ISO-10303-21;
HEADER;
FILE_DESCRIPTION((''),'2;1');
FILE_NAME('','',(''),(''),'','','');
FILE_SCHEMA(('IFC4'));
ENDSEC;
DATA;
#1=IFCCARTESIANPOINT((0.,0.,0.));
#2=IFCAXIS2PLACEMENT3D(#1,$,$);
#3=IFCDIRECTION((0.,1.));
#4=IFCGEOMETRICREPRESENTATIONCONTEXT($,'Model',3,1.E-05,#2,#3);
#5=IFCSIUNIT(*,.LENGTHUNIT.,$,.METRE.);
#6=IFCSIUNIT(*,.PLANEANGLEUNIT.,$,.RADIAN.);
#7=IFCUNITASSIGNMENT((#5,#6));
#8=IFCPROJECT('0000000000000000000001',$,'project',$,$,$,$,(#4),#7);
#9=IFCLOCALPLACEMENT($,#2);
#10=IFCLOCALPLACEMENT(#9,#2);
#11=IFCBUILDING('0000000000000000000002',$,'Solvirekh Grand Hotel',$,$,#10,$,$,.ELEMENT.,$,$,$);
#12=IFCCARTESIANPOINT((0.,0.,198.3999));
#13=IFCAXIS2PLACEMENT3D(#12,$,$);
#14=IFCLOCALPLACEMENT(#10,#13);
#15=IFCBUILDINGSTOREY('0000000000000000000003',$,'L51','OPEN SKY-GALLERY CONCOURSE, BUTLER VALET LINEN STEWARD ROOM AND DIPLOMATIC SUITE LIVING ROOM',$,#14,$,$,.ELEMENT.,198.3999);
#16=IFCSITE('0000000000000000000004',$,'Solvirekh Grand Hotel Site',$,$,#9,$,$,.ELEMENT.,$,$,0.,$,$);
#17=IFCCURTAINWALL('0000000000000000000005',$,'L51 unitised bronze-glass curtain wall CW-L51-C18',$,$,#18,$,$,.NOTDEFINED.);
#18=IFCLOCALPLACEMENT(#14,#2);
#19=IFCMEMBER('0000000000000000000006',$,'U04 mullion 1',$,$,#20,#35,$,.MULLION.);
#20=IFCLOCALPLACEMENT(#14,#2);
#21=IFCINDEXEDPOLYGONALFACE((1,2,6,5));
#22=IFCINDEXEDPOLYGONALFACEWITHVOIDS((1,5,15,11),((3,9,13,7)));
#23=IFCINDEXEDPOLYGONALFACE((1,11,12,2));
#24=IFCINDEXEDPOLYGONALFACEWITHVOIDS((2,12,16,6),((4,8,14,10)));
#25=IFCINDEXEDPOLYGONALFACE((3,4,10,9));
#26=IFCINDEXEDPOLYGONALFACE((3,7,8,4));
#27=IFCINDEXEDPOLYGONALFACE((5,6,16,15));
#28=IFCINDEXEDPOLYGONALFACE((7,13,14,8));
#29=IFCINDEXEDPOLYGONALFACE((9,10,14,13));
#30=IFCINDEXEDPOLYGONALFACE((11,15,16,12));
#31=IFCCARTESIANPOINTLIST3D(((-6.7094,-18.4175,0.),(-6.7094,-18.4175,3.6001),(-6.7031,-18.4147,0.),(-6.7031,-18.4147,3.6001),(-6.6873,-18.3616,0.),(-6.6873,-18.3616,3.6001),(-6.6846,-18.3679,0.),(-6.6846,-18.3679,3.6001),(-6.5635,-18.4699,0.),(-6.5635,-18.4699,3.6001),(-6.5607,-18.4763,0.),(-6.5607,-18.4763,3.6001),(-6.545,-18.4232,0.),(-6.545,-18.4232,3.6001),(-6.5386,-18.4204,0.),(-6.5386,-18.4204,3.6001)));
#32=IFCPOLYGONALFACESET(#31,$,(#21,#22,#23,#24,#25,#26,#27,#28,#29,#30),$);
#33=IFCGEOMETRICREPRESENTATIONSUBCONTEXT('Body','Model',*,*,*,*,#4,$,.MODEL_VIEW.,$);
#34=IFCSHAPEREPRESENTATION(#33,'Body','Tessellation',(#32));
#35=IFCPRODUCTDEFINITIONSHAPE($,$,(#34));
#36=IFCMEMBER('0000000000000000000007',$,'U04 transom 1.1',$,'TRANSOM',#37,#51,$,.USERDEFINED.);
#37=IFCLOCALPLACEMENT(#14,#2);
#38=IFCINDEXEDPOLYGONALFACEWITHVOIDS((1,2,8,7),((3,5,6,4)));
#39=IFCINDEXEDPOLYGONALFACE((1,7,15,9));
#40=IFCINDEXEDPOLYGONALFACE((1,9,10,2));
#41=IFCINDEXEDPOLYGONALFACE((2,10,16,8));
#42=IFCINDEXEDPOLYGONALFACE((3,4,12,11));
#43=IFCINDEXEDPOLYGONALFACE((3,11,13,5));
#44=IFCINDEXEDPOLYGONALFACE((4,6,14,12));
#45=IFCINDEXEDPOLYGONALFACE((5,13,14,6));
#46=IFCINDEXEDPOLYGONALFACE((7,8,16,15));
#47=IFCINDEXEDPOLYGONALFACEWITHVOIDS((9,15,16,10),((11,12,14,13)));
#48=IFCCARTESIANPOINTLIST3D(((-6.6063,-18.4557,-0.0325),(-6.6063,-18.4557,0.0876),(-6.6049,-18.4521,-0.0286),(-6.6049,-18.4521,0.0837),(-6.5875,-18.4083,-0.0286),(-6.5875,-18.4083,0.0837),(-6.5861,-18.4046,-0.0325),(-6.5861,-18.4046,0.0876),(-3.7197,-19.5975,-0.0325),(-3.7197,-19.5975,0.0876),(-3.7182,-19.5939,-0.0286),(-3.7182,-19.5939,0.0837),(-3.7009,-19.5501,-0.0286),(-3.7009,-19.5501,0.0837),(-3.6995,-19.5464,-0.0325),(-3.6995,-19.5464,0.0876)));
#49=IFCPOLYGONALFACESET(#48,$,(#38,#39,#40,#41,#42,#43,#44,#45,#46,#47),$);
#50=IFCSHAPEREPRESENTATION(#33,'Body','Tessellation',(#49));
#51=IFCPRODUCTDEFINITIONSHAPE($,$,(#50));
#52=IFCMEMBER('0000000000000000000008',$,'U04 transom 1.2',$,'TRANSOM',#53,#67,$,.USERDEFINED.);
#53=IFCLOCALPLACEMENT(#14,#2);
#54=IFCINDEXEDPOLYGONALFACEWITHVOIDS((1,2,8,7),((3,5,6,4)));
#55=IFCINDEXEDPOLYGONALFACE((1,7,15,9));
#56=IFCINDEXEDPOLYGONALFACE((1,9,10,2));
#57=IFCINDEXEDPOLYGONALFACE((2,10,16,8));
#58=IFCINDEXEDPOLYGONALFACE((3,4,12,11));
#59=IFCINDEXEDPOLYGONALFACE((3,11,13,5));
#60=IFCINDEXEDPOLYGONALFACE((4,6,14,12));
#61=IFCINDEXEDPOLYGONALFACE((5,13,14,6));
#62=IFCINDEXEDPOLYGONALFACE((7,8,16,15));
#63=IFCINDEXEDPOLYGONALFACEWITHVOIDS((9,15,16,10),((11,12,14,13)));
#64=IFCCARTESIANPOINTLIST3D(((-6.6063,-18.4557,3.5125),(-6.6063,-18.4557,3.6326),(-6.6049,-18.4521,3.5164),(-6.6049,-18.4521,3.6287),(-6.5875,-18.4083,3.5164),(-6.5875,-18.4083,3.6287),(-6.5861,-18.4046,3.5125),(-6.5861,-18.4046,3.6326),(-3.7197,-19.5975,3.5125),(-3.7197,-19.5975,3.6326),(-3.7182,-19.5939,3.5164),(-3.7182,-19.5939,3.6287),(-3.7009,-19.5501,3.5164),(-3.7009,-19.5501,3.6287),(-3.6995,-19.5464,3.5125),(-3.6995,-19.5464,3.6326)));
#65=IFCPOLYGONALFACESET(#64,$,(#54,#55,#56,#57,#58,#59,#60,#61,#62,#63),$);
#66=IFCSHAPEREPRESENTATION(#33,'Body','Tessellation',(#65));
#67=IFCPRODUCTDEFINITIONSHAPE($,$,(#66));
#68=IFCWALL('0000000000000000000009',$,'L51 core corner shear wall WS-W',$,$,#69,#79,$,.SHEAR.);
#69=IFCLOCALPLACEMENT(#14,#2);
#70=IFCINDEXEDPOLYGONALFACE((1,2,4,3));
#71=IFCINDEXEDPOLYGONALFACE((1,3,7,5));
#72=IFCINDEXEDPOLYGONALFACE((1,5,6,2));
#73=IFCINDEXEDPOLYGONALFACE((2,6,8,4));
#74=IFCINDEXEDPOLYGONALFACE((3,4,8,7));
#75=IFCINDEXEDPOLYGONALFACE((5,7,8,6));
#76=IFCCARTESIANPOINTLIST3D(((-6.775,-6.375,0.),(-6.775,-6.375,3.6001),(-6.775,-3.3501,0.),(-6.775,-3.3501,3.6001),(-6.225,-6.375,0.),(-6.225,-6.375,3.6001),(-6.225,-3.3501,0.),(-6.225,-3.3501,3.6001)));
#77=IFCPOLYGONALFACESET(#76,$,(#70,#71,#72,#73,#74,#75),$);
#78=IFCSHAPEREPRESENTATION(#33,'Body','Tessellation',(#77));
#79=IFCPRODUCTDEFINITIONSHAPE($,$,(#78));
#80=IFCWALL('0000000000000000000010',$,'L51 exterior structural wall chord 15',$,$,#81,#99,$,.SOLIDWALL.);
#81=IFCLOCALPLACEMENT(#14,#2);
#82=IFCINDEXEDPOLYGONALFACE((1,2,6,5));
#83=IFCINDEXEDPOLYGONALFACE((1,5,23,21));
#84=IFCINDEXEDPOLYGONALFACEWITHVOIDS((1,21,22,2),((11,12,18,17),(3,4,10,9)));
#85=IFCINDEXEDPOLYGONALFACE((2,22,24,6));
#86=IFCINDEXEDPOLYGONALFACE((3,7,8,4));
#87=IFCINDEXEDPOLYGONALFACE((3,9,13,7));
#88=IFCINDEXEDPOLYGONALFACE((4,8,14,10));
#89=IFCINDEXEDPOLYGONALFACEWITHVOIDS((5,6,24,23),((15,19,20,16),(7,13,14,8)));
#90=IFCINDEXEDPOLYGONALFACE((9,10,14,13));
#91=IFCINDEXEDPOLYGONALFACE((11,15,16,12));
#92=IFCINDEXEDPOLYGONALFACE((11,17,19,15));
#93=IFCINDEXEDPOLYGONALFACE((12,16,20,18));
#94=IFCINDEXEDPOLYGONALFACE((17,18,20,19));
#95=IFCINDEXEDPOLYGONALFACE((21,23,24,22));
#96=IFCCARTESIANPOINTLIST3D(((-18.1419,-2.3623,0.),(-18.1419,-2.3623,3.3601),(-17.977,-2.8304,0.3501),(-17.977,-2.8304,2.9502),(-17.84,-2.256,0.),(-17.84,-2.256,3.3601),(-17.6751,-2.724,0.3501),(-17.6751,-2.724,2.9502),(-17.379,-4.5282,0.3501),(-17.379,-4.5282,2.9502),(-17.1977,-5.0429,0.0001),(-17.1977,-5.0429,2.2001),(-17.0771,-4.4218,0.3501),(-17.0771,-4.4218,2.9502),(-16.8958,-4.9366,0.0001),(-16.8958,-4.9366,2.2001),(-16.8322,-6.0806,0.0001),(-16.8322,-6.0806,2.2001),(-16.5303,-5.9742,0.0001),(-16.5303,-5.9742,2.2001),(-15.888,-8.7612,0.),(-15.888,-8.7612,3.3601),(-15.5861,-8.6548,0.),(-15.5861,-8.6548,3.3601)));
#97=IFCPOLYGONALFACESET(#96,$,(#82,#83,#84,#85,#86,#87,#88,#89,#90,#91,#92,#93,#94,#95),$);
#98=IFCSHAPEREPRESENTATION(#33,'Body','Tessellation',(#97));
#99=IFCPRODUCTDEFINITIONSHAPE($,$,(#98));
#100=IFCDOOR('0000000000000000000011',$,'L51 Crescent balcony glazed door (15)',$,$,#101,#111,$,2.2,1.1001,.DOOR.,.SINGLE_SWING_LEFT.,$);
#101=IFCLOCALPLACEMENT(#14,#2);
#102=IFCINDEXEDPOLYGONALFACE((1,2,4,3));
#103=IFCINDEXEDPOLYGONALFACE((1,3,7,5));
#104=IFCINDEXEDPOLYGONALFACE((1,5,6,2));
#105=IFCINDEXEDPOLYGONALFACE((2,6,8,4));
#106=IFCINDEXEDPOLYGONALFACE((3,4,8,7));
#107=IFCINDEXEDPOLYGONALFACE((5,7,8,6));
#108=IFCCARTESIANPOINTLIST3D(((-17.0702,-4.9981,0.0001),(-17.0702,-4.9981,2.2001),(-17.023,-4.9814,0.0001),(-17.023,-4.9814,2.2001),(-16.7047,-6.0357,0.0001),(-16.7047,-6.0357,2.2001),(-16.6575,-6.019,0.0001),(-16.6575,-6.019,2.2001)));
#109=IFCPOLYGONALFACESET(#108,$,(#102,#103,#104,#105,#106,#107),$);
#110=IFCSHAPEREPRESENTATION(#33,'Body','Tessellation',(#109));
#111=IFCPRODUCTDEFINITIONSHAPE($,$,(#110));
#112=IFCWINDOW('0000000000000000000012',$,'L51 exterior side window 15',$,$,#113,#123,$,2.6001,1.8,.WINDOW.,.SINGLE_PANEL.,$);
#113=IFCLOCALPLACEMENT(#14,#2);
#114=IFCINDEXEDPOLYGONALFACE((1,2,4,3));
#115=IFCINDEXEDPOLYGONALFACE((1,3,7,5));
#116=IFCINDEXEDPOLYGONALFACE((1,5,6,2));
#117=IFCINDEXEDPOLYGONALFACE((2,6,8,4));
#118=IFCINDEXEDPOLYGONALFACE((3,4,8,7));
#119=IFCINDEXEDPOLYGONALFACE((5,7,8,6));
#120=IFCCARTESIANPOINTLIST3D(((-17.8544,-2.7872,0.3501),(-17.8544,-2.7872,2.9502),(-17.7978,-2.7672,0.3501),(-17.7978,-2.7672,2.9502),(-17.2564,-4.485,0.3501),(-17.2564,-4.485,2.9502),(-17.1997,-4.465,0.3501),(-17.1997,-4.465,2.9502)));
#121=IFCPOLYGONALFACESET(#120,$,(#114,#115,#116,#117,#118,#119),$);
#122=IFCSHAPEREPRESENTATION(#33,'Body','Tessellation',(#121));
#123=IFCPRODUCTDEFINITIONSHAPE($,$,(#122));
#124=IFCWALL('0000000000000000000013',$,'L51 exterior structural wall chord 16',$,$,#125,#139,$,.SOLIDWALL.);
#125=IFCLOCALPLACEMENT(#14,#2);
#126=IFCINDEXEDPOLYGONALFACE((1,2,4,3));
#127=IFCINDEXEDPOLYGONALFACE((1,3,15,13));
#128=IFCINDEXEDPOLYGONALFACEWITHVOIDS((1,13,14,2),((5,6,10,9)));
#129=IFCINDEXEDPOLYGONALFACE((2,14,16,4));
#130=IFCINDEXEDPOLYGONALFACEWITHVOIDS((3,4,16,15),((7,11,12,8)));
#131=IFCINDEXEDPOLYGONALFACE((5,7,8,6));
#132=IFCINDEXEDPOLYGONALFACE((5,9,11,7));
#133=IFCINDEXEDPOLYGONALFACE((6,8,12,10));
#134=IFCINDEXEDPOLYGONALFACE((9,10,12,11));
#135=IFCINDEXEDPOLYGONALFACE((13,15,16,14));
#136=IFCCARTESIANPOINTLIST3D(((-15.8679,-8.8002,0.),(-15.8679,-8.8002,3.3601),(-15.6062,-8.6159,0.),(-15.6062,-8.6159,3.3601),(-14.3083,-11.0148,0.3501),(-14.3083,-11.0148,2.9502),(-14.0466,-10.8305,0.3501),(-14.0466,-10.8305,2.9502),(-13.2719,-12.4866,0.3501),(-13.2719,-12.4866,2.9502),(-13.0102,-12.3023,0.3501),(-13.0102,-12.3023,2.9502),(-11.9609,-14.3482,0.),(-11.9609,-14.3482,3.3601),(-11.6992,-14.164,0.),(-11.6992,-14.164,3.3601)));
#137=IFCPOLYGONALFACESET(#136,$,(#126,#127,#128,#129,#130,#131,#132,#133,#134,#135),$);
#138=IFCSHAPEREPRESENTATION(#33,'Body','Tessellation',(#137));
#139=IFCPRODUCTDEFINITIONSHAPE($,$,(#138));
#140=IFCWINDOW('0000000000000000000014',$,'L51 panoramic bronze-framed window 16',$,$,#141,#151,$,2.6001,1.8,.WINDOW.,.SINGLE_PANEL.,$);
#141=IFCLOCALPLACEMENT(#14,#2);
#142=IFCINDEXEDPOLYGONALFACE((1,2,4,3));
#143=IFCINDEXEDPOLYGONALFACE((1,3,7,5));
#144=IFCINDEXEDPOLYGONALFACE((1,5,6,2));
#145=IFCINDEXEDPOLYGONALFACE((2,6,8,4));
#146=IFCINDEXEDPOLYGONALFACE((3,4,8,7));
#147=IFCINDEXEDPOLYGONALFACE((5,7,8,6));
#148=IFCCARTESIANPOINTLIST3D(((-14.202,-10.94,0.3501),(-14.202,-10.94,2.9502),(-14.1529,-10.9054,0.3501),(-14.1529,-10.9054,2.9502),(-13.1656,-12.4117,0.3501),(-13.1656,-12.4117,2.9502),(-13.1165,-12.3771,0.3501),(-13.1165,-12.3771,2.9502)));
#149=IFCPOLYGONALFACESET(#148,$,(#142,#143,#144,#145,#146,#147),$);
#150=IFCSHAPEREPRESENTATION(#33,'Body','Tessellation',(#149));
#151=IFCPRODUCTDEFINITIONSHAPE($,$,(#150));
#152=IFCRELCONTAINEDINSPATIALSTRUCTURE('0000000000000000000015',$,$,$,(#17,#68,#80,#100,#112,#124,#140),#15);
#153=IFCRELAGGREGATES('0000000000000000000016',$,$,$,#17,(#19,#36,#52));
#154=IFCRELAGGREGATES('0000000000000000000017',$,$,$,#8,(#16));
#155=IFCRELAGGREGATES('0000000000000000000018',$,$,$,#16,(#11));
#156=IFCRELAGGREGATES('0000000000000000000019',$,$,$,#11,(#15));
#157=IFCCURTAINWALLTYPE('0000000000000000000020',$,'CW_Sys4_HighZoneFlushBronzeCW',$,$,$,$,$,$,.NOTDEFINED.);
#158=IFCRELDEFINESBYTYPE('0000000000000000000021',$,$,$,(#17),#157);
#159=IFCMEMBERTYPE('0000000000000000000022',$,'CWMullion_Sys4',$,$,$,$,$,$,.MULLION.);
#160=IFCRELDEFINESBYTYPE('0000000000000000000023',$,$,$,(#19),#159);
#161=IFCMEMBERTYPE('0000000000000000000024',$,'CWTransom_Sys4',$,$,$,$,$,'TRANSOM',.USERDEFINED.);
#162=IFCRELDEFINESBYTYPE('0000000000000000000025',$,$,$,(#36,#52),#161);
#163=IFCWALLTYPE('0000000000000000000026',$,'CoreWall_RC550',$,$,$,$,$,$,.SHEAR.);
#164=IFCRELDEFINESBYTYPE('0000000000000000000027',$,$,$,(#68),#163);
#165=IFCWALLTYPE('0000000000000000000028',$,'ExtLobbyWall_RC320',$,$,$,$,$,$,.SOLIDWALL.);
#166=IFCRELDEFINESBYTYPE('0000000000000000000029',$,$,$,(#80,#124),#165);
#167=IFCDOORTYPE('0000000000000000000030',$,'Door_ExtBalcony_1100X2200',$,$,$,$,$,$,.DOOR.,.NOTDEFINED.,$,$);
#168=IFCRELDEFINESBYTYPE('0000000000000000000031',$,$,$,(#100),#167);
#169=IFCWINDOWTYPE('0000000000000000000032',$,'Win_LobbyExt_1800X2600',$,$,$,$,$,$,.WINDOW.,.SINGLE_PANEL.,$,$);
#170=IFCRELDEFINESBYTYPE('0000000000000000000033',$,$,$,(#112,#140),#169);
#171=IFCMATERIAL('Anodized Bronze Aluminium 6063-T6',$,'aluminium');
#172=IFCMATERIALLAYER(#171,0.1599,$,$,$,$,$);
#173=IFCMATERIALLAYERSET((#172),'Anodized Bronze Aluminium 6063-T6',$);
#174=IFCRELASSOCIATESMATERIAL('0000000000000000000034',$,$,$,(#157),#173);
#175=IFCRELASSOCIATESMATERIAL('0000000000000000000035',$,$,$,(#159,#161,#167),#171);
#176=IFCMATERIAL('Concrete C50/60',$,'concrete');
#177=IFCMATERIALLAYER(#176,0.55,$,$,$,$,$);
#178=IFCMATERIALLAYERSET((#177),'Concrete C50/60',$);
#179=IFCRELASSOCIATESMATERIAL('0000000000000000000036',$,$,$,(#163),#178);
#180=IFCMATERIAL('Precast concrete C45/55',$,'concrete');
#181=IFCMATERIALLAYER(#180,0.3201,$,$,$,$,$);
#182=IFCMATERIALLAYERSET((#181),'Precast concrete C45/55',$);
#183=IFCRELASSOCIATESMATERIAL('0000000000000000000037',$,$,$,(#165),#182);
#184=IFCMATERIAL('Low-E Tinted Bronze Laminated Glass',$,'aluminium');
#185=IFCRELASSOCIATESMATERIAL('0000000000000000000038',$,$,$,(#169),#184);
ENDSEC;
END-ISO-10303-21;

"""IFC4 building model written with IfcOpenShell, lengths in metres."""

from ifc_helpers import new_model, si_unit, direction, frame, frame_2d, origin, origin_2d, place, context, subcontext, project, spatial, rectangle, hollow_rectangle, extrude, source, transform, mapped, material, layer, layer_set, material_profile, profile_set, type_object, element, fill, aggregate, save


model = new_model("IFC4")

# Units and contexts
model_context = context("Model", 3, precision=1e-05, world=origin(), true_north=direction((0.0, 1.0)))
body_context = subcontext(model_context, "Body", "Model", "MODEL_VIEW")
ifc_project = project(units=[si_unit("LENGTHUNIT", "METRE"), si_unit("PLANEANGLEUNIT", "RADIAN")], contexts=[model_context])

# Site, building, storey
site_placement = place(None, origin())
site = spatial("IfcSite", under=ifc_project, at=site_placement, Name="Solvirekh Grand Hotel Site", CompositionType="ELEMENT", RefElevation=0.0)
building_placement = place(site_placement, origin())
building = spatial("IfcBuilding", under=site, at=building_placement, Name="Solvirekh Grand Hotel", CompositionType="ELEMENT")
storey_placement = place(building_placement, frame((0.0, 0.0, 198.3999)))
storey = spatial("IfcBuildingStorey", under=building, at=storey_placement, Name="L51", Description="OPEN SKY-GALLERY CONCOURSE, BUTLER VALET LINEN STEWARD ROOM AND DIPLOMATIC SUITE LIVING ROOM", CompositionType="ELEMENT", Elevation=198.3999)

# Shared definitions
ifc_material_1 = material(Name="Concrete C50/60", Category="concrete")

# Curtain wall, members
ifc_material_2 = material(Name="Anodized Bronze Aluminium 6063-T6", Category="aluminium")
ifc_layer_1 = layer(ifc_material_2, 0.1599)
ifc_layer_set_1 = layer_set([ifc_layer_1], Name="Anodized Bronze Aluminium 6063-T6")
curtain_wall_type = type_object("IfcCurtainWallType", Name="CW_Sys4_HighZoneFlushBronzeCW", PredefinedType="NOTDEFINED", material=ifc_layer_set_1)
curtain_wall_placement = place(storey_placement, origin())
curtain_wall = element("IfcCurtainWall", 1, at=curtain_wall_placement, inside=storey, type_object=curtain_wall_type, Name="L51 unitised bronze-glass curtain wall CW-L51-C18", PredefinedType="NOTDEFINED")
ifc_material_profile_1 = material_profile(ifc_material_2, hollow_rectangle(XDim=0.0601, YDim=0.1599, WallThickness=0.0049, at=origin_2d()), Name="ALU RHS 160X60X5")
ifc_profile_set_1 = profile_set([ifc_material_profile_1], Name="Anodized Bronze Aluminium 6063-T6")
member_type_1 = type_object("IfcMemberType", Name="CWMullion_Sys4", PredefinedType="MULLION", material=ifc_profile_set_1)
shared_shape_1 = source(origin(), body_context, "Body", "SweptSolid", [
    extrude(hollow_rectangle(XDim=0.0601, YDim=0.1599, WallThickness=0.0049, at=origin_2d()), origin(), (0.0, 0.0, 1.0), 3.6001),
])
member_1_placement = place(storey_placement, frame((-6.624, -18.4189, 0.0), z_axis=(0.0, 0.0, 1.0), x_axis=(0.367826, 0.929895, 0.0)))
member_1 = element("IfcMember", 2, at=member_1_placement, type_object=member_type_1, Name="U04 mullion 1", PredefinedType="MULLION", context=body_context, shape_type="MappedRepresentation", body=[
    mapped(shared_shape_1, transform((0.0, 0.0, 0.0), x_axis=(1.0, 0.0, 0.0), y_axis=(0.0, 1.0, 0.0), z_axis=(0.0, 0.0, 1.0), scale=1.0)),
])
ifc_material_profile_2 = material_profile(ifc_material_2, hollow_rectangle(XDim=0.0549, YDim=0.1201, WallThickness=0.0039, at=origin_2d()), Name="ALU RHS 120X55X4")
ifc_profile_set_2 = profile_set([ifc_material_profile_2], Name="Anodized Bronze Aluminium 6063-T6")
member_type_2 = type_object("IfcMemberType", Name="CWTransom_Sys4", ElementType="TRANSOM", PredefinedType="USERDEFINED", material=ifc_profile_set_2)
shared_shape_2 = source(origin(), body_context, "Body", "SweptSolid", [
    extrude(hollow_rectangle(XDim=0.0549, YDim=0.1201, WallThickness=0.0039, at=origin_2d()), origin(), (0.0, 0.0, 1.0), 3.1042),
])
member_2_placement = place(storey_placement, frame((-6.5962, -18.4302, 0.0276), z_axis=(0.929896, -0.367822, 0.0), x_axis=(0.367822, 0.929896, 0.0)))
member_2 = element("IfcMember", 3, at=member_2_placement, type_object=member_type_2, Name="U04 transom 1.1", ObjectType="TRANSOM", PredefinedType="USERDEFINED", context=body_context, shape_type="MappedRepresentation", body=[
    mapped(shared_shape_2, transform((0.0, 0.0, 0.0), x_axis=(1.0, 0.0, 0.0), y_axis=(0.0, 1.0, 0.0), z_axis=(0.0, 0.0, 1.0), scale=1.0)),
])
member_3_placement = place(storey_placement, frame((-6.5962, -18.4302, 3.5725), z_axis=(0.929896, -0.367822, 0.0), x_axis=(0.367822, 0.929896, 0.0)))
member_3 = element("IfcMember", 4, at=member_3_placement, type_object=member_type_2, Name="U04 transom 1.2", ObjectType="TRANSOM", PredefinedType="USERDEFINED", context=body_context, shape_type="MappedRepresentation", body=[
    mapped(shared_shape_2, transform((0.0, 0.0, 0.0), x_axis=(1.0, 0.0, 0.0), y_axis=(0.0, 1.0, 0.0), z_axis=(0.0, 0.0, 1.0), scale=1.0)),
])
aggregate(curtain_wall, [member_1, member_2, member_3])

# Wall
ifc_layer_2 = layer(ifc_material_1, 0.55)
ifc_layer_set_2 = layer_set([ifc_layer_2], Name="Concrete C50/60")
wall_type_1 = type_object("IfcWallType", Name="CoreWall_RC550", PredefinedType="SHEAR", material=ifc_layer_set_2)
wall_1_placement = place(storey_placement, frame((-6.5, -6.375, 0.0), z_axis=(0.0, 0.0, 1.0), x_axis=(0.0, 1.0, 0.0)))
element("IfcWall", 5, at=wall_1_placement, inside=storey, type_object=wall_type_1, Name="L51 core corner shear wall WS-W", PredefinedType="SHEAR", context=body_context, shape_type="SweptSolid", body=[
    extrude(rectangle(XDim=3.0249, YDim=0.55, at=frame_2d((1.5125, 0.0))), origin(), (0.0, 0.0, 1.0), 3.6001),
])

# Wall, openings, door, window
ifc_material_3 = material(Name="Precast concrete C45/55", Category="concrete")
ifc_layer_3 = layer(ifc_material_3, 0.3201)
ifc_layer_set_3 = layer_set([ifc_layer_3], Name="Precast concrete C45/55")
wall_type_2 = type_object("IfcWallType", Name="ExtLobbyWall_RC320", PredefinedType="SOLIDWALL", material=ifc_layer_set_3)
wall_2_placement = place(storey_placement, frame((-15.7371, -8.708, 0.0), z_axis=(0.0, 0.0, 1.0), x_axis=(-0.332225, 0.9432, 0.0)))
wall_2 = element("IfcWall", 6, at=wall_2_placement, inside=storey, type_object=wall_type_2, Name="L51 exterior structural wall chord 15", PredefinedType="SOLIDWALL", context=body_context, shape_type="SweptSolid", body=[
    extrude(rectangle(XDim=6.7842, YDim=0.3201, at=frame_2d((3.3921, 0.0))), origin(), (0.0, 0.0, 1.0), 3.3601),
])
opening_1_placement = place(wall_2_placement, frame((4.488, 0.0, 0.3501)))
opening_1 = element("IfcOpeningElement", 7, at=opening_1_placement, cuts=wall_2, PredefinedType="OPENING", context=body_context, shape_type="SweptSolid", body=[
    extrude(rectangle(XDim=1.8, YDim=2.6001, at=frame_2d((0.8999, 1.3))), frame((0.0, 0.1699, 0.0), z_axis=(0.0, -1.0, 0.0), x_axis=(1.0, 0.0, 0.0)), (0.0, 0.0, 1.0), 0.3401),
])
opening_2_placement = place(wall_2_placement, frame((2.842, 0.0, 0.0)))
opening_2 = element("IfcOpeningElement", 8, at=opening_2_placement, cuts=wall_2, PredefinedType="OPENING", context=body_context, shape_type="SweptSolid", body=[
    extrude(rectangle(XDim=1.1001, YDim=2.2, at=frame_2d((0.55, 1.1001))), frame((0.0, 0.1699, 0.0), z_axis=(0.0, -1.0, 0.0), x_axis=(1.0, 0.0, 0.0)), (0.0, 0.0, 1.0), 0.3401),
])
door_type_1 = type_object("IfcDoorType", Name="Door_ExtBalcony_1100X2200", OperationType="NOTDEFINED", PredefinedType="DOOR", material=ifc_material_2)
door_1_placement = place(opening_2_placement, origin())
door_1 = element("IfcDoor", 9, at=door_1_placement, inside=storey, type_object=door_type_1, Name="L51 Crescent balcony glazed door (15)", OperationType="SINGLE_SWING_LEFT", OverallHeight=2.2, OverallWidth=1.1001, PredefinedType="DOOR", context=body_context, shape_type="SweptSolid", body=[
    extrude(rectangle(XDim=1.1001, YDim=2.2, at=frame_2d((0.55, 1.1001))), frame((0.0, 0.0249, 0.0), z_axis=(0.0, -1.0, 0.0), x_axis=(1.0, 0.0, 0.0)), (0.0, 0.0, 1.0), 0.05),
])
fill(opening_2, door_1)
ifc_material_4 = material(Name="Low-E Tinted Bronze Laminated Glass", Category="aluminium")
window_type = type_object("IfcWindowType", Name="Win_LobbyExt_1800X2600", PartitioningType="SINGLE_PANEL", PredefinedType="WINDOW", material=ifc_material_4)
window_1_placement = place(opening_1_placement, origin())
window_1 = element("IfcWindow", 10, at=window_1_placement, inside=storey, type_object=window_type, Name="L51 exterior side window 15", OverallHeight=2.6001, OverallWidth=1.8, PartitioningType="SINGLE_PANEL", PredefinedType="WINDOW", context=body_context, shape_type="SweptSolid", body=[
    extrude(rectangle(XDim=1.8, YDim=2.6001, at=frame_2d((0.8999, 1.3))), frame((0.0, 0.03, 0.0), z_axis=(0.0, -1.0, 0.0), x_axis=(1.0, 0.0, 0.0)), (0.0, 0.0, 1.0), 0.0601),
])
fill(opening_1, window_1)

# Wall, opening, window
wall_3_placement = place(storey_placement, frame((-11.8301, -14.2561, 0.0), z_axis=(0.0, 0.0, 1.0), x_axis=(-0.575766, 0.817614, 0.0)))
wall_3 = element("IfcWall", 11, at=wall_3_placement, inside=storey, type_object=wall_type_2, Name="L51 exterior structural wall chord 16", PredefinedType="SOLIDWALL", context=body_context, shape_type="SweptSolid", body=[
    extrude(rectangle(XDim=6.7856, YDim=0.3201, at=frame_2d((3.3928, 0.0))), origin(), (0.0, 0.0, 1.0), 3.3601),
])
opening_3_placement = place(wall_3_placement, frame((2.2771, 0.0, 0.3501)))
opening_3 = element("IfcOpeningElement", 12, at=opening_3_placement, cuts=wall_3, PredefinedType="OPENING", context=body_context, shape_type="SweptSolid", body=[
    extrude(rectangle(XDim=1.8, YDim=2.6001, at=frame_2d((0.8999, 1.3))), frame((0.0, 0.1699, 0.0), z_axis=(0.0, -1.0, 0.0), x_axis=(1.0, 0.0, 0.0)), (0.0, 0.0, 1.0), 0.3401),
])
window_2_placement = place(opening_3_placement, origin())
window_2 = element("IfcWindow", 13, at=window_2_placement, inside=storey, type_object=window_type, Name="L51 panoramic bronze-framed window 16", OverallHeight=2.6001, OverallWidth=1.8, PartitioningType="SINGLE_PANEL", PredefinedType="WINDOW", context=body_context, shape_type="SweptSolid", body=[
    extrude(rectangle(XDim=1.8, YDim=2.6001, at=frame_2d((0.8999, 1.3))), frame((0.0, 0.03, 0.0), z_axis=(0.0, -1.0, 0.0), x_axis=(1.0, 0.0, 0.0)), (0.0, 0.0, 1.0), 0.0601),
])
fill(opening_3, window_2)

save(model, "model.ifc")
